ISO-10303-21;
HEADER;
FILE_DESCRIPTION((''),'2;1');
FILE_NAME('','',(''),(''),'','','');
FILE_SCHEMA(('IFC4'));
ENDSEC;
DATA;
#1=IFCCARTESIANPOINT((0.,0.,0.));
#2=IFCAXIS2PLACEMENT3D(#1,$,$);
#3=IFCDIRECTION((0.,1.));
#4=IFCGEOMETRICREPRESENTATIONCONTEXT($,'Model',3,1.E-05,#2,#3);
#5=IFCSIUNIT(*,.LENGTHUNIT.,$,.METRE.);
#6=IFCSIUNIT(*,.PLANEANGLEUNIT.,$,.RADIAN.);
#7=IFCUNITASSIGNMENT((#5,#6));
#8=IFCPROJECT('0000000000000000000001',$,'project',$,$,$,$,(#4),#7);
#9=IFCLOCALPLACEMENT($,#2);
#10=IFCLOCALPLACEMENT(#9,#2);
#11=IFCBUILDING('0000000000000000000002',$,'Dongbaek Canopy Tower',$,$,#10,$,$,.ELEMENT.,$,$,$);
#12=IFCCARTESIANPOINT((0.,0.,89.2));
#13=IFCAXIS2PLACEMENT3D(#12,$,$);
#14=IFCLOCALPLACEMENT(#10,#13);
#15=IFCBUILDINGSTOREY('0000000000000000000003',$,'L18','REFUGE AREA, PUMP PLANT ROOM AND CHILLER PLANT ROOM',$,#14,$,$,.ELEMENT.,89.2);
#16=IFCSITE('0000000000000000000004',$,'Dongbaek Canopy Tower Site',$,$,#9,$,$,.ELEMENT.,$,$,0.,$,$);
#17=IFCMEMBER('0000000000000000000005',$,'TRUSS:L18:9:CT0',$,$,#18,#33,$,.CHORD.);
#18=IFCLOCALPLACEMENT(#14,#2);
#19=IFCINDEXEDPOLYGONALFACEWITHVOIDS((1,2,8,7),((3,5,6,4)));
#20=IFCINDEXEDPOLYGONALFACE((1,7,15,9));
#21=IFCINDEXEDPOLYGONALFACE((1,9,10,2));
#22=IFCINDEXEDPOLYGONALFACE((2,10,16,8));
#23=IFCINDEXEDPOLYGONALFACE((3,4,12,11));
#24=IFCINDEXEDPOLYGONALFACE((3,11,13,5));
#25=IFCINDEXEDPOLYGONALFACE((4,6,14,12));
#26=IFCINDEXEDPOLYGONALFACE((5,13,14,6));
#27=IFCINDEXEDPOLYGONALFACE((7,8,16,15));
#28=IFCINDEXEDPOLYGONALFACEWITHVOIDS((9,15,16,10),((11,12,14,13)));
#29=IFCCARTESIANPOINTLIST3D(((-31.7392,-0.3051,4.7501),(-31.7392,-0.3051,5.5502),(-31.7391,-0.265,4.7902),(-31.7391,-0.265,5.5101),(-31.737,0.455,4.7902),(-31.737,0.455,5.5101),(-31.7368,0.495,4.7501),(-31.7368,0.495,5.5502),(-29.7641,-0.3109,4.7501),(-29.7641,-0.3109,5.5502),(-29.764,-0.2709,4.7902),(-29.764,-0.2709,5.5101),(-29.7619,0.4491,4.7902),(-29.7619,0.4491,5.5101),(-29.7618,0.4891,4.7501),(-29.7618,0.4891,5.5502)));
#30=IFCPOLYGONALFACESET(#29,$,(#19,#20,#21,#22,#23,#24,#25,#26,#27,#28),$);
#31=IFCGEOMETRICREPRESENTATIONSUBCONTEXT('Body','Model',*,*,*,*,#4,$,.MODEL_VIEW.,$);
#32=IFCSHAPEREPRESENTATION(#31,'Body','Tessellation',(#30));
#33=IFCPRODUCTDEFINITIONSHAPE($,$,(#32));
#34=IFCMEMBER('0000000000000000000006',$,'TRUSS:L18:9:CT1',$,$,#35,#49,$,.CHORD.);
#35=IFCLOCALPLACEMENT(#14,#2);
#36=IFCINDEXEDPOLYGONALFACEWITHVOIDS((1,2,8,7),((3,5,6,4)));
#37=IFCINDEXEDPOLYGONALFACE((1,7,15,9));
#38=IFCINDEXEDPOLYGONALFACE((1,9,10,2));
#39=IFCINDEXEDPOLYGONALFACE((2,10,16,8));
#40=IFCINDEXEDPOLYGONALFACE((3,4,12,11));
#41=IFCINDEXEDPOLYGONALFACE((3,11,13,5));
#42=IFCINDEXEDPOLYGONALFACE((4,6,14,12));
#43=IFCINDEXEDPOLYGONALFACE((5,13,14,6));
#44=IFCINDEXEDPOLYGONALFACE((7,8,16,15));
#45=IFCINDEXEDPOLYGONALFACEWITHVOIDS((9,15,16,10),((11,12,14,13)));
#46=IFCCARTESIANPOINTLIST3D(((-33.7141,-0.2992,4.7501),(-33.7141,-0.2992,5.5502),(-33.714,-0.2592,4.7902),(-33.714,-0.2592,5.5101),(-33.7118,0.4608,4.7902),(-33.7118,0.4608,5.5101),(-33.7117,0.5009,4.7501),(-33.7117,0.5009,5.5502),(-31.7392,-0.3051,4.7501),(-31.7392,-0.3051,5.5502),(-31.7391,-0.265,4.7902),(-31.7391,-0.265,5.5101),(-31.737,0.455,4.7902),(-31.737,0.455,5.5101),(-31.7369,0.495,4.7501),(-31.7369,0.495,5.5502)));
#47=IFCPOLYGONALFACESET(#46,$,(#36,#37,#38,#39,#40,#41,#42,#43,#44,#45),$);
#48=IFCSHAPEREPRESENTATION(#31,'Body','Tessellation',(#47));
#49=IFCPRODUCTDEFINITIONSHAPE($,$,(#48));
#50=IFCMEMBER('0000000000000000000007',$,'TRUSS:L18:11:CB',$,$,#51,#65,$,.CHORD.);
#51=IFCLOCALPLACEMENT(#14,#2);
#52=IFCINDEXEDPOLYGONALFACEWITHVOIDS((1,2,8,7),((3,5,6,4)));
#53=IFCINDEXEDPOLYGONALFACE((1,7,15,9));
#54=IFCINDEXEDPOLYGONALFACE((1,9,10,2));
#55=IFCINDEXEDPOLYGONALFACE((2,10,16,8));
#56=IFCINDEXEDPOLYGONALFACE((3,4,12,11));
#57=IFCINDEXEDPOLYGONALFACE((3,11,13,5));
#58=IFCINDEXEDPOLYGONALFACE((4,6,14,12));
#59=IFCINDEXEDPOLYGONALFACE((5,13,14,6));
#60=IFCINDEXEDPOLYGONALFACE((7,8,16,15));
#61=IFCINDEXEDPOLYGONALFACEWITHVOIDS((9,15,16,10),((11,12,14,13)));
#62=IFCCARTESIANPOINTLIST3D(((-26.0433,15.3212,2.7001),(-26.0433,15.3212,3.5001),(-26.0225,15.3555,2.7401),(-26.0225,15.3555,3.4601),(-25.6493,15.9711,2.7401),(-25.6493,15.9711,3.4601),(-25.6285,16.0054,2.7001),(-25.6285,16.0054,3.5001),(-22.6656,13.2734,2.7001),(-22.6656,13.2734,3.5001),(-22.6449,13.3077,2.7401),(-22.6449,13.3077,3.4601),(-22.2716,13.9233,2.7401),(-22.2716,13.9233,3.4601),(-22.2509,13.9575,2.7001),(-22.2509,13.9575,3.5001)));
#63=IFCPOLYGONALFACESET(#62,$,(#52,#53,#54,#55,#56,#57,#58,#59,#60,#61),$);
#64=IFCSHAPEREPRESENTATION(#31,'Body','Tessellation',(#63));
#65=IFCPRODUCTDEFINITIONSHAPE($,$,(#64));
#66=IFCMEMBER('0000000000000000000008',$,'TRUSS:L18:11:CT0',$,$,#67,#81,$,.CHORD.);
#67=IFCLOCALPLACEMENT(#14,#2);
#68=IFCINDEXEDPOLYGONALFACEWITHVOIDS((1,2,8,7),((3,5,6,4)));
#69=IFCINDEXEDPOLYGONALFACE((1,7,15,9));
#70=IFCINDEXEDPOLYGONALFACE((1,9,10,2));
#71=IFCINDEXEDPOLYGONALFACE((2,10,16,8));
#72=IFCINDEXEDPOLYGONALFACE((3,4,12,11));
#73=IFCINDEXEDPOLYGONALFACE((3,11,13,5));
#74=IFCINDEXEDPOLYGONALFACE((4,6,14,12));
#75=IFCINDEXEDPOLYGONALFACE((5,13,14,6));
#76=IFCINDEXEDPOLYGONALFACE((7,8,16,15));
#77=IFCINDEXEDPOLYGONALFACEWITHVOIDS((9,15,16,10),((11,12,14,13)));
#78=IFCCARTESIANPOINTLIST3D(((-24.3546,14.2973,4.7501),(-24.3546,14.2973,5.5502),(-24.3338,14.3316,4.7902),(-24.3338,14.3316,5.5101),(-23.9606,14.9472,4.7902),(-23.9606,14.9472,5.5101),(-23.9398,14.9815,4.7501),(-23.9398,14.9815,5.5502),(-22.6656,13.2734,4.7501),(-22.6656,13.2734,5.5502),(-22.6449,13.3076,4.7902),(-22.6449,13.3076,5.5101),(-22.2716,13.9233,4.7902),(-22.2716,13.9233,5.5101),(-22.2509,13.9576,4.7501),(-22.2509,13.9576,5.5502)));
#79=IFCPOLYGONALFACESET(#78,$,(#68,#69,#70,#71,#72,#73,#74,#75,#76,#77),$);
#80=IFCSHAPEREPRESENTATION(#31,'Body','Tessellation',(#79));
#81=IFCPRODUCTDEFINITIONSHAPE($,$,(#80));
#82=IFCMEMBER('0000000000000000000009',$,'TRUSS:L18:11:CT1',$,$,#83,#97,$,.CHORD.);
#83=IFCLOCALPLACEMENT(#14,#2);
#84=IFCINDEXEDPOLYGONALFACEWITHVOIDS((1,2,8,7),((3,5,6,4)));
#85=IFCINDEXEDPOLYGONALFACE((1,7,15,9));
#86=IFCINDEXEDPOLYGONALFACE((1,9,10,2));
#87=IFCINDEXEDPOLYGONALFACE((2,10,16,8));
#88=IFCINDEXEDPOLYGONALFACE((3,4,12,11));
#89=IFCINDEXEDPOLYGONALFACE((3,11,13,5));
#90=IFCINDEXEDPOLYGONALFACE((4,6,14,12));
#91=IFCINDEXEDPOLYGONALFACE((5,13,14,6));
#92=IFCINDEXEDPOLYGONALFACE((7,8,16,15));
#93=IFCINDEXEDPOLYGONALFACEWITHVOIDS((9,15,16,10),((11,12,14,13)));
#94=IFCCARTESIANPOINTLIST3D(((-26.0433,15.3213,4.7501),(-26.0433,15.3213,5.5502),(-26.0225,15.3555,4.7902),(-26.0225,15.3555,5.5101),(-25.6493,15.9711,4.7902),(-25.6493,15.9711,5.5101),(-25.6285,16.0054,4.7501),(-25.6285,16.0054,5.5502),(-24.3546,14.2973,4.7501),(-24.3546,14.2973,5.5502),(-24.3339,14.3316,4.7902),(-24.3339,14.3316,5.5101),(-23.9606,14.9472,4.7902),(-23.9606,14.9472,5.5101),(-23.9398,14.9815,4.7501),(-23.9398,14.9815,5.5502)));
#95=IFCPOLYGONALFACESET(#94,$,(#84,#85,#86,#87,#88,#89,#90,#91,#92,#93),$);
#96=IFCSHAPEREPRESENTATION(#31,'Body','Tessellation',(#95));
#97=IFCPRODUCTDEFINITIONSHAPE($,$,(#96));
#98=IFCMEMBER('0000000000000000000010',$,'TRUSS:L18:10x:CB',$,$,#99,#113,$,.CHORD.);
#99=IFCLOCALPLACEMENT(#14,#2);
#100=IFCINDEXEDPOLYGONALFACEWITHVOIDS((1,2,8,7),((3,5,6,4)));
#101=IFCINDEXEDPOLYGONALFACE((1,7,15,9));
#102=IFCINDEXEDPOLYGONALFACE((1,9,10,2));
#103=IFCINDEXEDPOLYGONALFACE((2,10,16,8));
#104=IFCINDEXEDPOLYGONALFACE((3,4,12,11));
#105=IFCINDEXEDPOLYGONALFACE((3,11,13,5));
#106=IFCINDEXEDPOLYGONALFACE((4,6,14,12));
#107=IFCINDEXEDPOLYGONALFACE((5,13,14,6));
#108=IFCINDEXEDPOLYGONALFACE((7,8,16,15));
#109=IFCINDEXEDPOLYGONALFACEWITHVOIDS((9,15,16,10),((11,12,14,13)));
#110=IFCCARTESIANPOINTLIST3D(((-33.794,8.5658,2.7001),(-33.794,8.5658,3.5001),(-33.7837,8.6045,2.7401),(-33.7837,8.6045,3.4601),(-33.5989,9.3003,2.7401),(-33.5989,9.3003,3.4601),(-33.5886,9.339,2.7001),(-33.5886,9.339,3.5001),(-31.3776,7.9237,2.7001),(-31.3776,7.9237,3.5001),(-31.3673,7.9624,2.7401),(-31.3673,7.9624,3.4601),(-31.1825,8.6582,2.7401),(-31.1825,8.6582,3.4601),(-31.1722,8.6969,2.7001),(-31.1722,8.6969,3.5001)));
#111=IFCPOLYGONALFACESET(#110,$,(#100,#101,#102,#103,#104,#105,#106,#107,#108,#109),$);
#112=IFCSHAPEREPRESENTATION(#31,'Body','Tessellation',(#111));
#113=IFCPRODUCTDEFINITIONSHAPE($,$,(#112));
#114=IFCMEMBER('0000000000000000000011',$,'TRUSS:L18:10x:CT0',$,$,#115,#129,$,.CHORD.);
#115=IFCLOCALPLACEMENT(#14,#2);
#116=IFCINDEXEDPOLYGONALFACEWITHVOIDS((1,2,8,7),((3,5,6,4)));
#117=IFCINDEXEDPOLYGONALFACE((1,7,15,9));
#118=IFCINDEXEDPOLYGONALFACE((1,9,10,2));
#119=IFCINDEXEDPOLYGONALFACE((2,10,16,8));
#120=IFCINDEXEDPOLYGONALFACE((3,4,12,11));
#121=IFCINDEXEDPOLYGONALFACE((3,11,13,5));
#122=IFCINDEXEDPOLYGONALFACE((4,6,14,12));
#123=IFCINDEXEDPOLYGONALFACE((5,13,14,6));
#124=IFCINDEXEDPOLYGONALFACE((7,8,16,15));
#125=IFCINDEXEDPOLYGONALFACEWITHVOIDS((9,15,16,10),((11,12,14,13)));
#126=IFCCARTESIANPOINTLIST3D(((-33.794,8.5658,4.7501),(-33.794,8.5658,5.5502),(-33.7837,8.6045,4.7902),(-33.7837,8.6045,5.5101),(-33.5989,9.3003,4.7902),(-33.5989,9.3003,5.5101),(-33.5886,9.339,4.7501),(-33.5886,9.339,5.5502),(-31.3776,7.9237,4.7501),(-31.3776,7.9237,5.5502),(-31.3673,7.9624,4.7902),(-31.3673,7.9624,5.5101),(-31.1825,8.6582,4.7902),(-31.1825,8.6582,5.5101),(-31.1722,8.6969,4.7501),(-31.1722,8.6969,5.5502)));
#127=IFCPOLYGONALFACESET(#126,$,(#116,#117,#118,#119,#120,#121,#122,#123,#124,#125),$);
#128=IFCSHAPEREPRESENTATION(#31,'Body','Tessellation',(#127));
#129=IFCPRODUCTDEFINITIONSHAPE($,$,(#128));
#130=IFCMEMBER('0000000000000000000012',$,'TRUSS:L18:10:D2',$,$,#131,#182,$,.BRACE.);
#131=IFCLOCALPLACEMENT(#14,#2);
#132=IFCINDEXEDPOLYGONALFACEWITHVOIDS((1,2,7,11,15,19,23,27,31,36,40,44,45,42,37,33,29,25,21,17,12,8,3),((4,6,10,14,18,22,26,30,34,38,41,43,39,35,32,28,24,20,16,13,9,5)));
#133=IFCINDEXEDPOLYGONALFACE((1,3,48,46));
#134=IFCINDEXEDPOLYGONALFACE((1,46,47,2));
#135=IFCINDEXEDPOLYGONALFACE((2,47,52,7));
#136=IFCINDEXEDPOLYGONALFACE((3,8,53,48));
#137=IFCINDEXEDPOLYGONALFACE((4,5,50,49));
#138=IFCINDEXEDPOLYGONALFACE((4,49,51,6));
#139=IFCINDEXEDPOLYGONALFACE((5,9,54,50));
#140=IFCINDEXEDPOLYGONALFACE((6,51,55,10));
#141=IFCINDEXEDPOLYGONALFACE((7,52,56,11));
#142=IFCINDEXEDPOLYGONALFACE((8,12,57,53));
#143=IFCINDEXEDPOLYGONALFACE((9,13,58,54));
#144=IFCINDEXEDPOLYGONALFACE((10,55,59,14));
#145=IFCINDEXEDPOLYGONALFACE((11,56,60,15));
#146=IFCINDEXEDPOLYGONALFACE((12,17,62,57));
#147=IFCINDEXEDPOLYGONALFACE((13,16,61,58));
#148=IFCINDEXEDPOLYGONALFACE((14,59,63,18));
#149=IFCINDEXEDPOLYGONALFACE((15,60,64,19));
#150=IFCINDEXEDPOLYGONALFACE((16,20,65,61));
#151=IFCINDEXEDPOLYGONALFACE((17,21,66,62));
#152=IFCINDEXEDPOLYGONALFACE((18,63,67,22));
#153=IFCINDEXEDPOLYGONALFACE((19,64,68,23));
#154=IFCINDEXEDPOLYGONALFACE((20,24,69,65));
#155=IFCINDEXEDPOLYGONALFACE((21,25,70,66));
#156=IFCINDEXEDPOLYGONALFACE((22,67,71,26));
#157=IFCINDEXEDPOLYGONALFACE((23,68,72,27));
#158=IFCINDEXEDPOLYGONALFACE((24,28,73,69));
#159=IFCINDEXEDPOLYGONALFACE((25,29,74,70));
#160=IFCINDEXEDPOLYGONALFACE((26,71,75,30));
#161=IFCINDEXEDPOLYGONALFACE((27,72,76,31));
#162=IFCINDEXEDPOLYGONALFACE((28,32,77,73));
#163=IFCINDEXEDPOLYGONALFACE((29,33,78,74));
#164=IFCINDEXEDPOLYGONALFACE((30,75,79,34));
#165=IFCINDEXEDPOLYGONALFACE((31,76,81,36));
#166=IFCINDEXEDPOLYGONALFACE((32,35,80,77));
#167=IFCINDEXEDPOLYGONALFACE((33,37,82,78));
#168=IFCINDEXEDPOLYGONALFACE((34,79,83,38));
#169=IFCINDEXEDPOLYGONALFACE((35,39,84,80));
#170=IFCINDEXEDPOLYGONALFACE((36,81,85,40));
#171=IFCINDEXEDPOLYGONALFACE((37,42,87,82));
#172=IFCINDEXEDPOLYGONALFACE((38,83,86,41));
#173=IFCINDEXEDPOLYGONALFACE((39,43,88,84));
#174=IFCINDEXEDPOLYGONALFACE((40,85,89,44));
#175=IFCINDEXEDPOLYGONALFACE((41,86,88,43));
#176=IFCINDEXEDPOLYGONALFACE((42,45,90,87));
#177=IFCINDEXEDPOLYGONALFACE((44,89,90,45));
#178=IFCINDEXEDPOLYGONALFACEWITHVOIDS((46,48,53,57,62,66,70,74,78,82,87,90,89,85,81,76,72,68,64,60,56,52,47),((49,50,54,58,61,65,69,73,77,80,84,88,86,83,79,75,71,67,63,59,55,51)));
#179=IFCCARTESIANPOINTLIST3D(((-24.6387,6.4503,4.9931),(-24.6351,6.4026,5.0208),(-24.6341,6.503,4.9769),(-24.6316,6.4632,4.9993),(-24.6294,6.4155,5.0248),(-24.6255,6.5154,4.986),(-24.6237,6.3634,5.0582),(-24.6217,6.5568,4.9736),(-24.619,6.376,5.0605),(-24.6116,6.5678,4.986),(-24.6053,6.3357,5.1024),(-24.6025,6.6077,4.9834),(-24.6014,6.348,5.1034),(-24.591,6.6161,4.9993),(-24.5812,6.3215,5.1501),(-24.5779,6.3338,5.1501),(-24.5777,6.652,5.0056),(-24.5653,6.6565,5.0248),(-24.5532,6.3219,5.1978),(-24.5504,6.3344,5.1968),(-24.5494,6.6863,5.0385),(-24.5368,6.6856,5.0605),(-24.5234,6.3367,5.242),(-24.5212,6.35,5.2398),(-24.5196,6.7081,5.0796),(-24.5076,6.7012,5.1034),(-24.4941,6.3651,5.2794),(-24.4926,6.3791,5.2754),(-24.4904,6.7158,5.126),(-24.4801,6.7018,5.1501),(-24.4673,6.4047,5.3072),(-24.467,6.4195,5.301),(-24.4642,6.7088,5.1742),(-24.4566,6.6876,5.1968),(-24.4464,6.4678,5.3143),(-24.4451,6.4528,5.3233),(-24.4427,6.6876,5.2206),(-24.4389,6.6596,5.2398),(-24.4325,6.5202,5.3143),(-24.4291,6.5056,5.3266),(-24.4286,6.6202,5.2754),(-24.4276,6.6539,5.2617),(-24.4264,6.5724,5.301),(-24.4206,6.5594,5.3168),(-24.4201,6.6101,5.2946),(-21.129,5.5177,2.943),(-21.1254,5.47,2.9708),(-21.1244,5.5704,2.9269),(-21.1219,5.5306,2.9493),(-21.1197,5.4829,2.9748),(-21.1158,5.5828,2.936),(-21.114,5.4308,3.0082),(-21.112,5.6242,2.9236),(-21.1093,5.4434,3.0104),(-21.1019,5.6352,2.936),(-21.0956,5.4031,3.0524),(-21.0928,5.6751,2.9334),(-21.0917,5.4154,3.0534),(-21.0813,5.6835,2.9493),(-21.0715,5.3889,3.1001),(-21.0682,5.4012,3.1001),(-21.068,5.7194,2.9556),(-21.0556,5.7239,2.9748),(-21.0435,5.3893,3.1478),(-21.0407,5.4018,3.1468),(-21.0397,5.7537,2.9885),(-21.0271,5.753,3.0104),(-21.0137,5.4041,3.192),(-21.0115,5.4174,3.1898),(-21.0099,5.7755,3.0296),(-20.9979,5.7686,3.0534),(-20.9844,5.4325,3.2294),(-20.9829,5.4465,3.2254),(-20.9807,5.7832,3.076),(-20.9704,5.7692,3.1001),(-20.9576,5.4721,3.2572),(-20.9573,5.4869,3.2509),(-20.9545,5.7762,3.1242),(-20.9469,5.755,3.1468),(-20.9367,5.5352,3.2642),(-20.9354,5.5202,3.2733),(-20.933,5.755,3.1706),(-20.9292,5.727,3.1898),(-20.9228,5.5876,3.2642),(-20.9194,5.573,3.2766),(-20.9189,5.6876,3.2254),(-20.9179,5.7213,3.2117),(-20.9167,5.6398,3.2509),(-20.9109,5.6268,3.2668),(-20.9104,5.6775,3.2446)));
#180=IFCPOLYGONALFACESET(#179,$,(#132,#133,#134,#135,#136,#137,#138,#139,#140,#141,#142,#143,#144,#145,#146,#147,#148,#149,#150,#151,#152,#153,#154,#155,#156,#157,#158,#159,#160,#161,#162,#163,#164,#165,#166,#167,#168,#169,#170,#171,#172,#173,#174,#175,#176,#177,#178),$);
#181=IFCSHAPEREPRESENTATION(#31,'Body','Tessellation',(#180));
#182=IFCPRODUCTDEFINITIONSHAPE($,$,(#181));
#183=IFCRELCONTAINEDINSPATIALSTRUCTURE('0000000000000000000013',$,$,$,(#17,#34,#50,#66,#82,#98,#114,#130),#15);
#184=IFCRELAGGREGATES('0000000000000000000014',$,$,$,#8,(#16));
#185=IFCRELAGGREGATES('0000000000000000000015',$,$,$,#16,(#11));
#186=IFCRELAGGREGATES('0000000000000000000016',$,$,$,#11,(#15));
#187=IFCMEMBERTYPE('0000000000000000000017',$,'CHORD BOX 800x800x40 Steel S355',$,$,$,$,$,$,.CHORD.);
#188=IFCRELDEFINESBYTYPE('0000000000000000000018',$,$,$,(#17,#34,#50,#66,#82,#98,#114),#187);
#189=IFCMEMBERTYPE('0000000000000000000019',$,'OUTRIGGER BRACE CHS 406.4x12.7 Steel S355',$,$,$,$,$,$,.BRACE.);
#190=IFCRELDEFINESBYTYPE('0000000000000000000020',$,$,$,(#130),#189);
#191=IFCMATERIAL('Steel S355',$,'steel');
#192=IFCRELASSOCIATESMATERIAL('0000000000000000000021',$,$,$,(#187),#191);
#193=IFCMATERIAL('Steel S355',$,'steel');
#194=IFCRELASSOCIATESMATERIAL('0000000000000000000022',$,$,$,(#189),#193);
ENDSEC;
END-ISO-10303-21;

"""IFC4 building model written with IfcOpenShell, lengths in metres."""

from ifc_helpers import new_model, si_unit, direction, frame, origin, origin_2d, place, context, subcontext, project, spatial, hollow_rectangle, hollow_circle, extrude, material, material_profile, profile_set, type_object, element, save


model = new_model("IFC4")

# Units and contexts
model_context = context("Model", 3, precision=1e-05, world=origin(), true_north=direction((0.0, 1.0)))
body_context = subcontext(model_context, "Body", "Model", "MODEL_VIEW")
ifc_project = project(units=[si_unit("LENGTHUNIT", "METRE"), si_unit("PLANEANGLEUNIT", "RADIAN")], contexts=[model_context])

# Site, building, storey
site_placement = place(None, origin())
site = spatial("IfcSite", under=ifc_project, at=site_placement, Name="Dongbaek Canopy Tower Site", CompositionType="ELEMENT", RefElevation=0.0)
building_placement = place(site_placement, origin())
building = spatial("IfcBuilding", under=site, at=building_placement, Name="Dongbaek Canopy Tower", CompositionType="ELEMENT")
storey_placement = place(building_placement, frame((0.0, 0.0, 89.2)))
storey = spatial("IfcBuildingStorey", under=building, at=storey_placement, Name="L18", Description="REFUGE AREA, PUMP PLANT ROOM AND CHILLER PLANT ROOM", CompositionType="ELEMENT", Elevation=89.2)

# Members
ifc_material_1 = material(Name="Steel S355", Category="steel")
ifc_material_profile_1 = material_profile(ifc_material_1, hollow_rectangle(XDim=0.8, YDim=0.8, WallThickness=0.04, at=origin_2d()), Name="CHORD BOX 800x800x40 Steel S355")
ifc_profile_set_1 = profile_set([ifc_material_profile_1], Name="Steel S355")
member_type_1 = type_object("IfcMemberType", Name="CHORD BOX 800x800x40 Steel S355", PredefinedType="CHORD", material=ifc_profile_set_1)
member_1_placement = place(storey_placement, frame((-29.7629, 0.0891, 5.1501), z_axis=(-0.999996, 0.002967, 0.0), x_axis=(-0.002967, -0.999996, 0.0)))
element("IfcMember", 1, at=member_1_placement, inside=storey, type_object=member_type_1, Name="TRUSS:L18:9:CT0", PredefinedType="CHORD", context=body_context, shape_type="SweptSolid", body=[
    extrude(hollow_rectangle(XDim=0.8, YDim=0.8, WallThickness=0.04, at=origin_2d()), origin(), (0.0, 0.0, 1.0), 1.9751),
])
member_2_placement = place(storey_placement, frame((-31.738, 0.095, 5.1501), z_axis=(-0.999996, 0.002967, 0.0), x_axis=(-0.002967, -0.999996, 0.0)))
element("IfcMember", 2, at=member_2_placement, inside=storey, type_object=member_type_1, Name="TRUSS:L18:9:CT1", PredefinedType="CHORD", context=body_context, shape_type="SweptSolid", body=[
    extrude(hollow_rectangle(XDim=0.8, YDim=0.8, WallThickness=0.04, at=origin_2d()), origin(), (0.0, 0.0, 1.0), 1.9749),
])
member_3_placement = place(storey_placement, frame((-22.4583, 13.6155, 3.1001), z_axis=(-0.855111, 0.518444, 0.0), x_axis=(-0.518444, -0.855111, 0.0)))
element("IfcMember", 3, at=member_3_placement, inside=storey, type_object=member_type_1, Name="TRUSS:L18:11:CB", PredefinedType="CHORD", context=body_context, shape_type="SweptSolid", body=[
    extrude(hollow_rectangle(XDim=0.8, YDim=0.8, WallThickness=0.04, at=origin_2d()), origin(), (0.0, 0.0, 1.0), 3.95),
])
member_4_placement = place(storey_placement, frame((-22.4583, 13.6155, 5.1501), z_axis=(-0.855128, 0.518417, 0.0), x_axis=(-0.518417, -0.855128, 0.0)))
element("IfcMember", 4, at=member_4_placement, inside=storey, type_object=member_type_1, Name="TRUSS:L18:11:CT0", PredefinedType="CHORD", context=body_context, shape_type="SweptSolid", body=[
    extrude(hollow_rectangle(XDim=0.8, YDim=0.8, WallThickness=0.04, at=origin_2d()), origin(), (0.0, 0.0, 1.0), 1.9751),
])
member_5_placement = place(storey_placement, frame((-24.1472, 14.6394, 5.1501), z_axis=(-0.855095, 0.518472, 0.0), x_axis=(-0.518472, -0.855095, 0.0)))
element("IfcMember", 5, at=member_5_placement, inside=storey, type_object=member_type_1, Name="TRUSS:L18:11:CT1", PredefinedType="CHORD", context=body_context, shape_type="SweptSolid", body=[
    extrude(hollow_rectangle(XDim=0.8, YDim=0.8, WallThickness=0.04, at=origin_2d()), origin(), (0.0, 0.0, 1.0), 1.9749),
])
for number, where, z_axis, x_axis, name in (
    (6, (-31.2749, 8.3103, 3.1001), (-0.966465, 0.2568, 0.0), (-0.2568, -0.966465, 0.0), "TRUSS:L18:10x:CB"),
    (7, (-31.2749, 8.3103, 5.1501), (-0.966465, 0.2568, 0.0), (-0.2568, -0.966465, 0.0), "TRUSS:L18:10x:CT0"),
):
    element("IfcMember", number, at=place(storey_placement, frame(where, z_axis=z_axis, x_axis=x_axis)), inside=storey, type_object=member_type_1, Name=name, PredefinedType="CHORD", context=body_context, shape_type="SweptSolid", body=[
        extrude(hollow_rectangle(XDim=0.8, YDim=0.8, WallThickness=0.04, at=origin_2d()), origin(), (0.0, 0.0, 1.0), 2.5002),
    ])
ifc_material_2 = material(Name="Steel S355", Category="steel")
ifc_material_profile_2 = material_profile(ifc_material_2, hollow_circle(Radius=0.2031, WallThickness=0.0127, at=origin_2d()), Name="OUTRIGGER BRACE CHS 406.4x12.7 Steel S355")
ifc_profile_set_2 = profile_set([ifc_material_profile_2], Name="Steel S355")
member_type_2 = type_object("IfcMemberType", Name="OUTRIGGER BRACE CHS 406.4x12.7 Steel S355", PredefinedType="BRACE", material=ifc_profile_set_2)
member_6_placement = place(storey_placement, frame((-21.0193, 5.5852, 3.1001), z_axis=(-0.841621, 0.223636, 0.49159), x_axis=(-0.256809, -0.966462, 0.0)))
element("IfcMember", 8, at=member_6_placement, inside=storey, type_object=member_type_2, Name="TRUSS:L18:10:D2", PredefinedType="BRACE", context=body_context, shape_type="SweptSolid", body=[
    extrude(hollow_circle(Radius=0.2031, WallThickness=0.0127, at=origin_2d()), origin(), (0.0, 0.0, 1.0), 4.1702),
])

save(model, "model.ifc")
